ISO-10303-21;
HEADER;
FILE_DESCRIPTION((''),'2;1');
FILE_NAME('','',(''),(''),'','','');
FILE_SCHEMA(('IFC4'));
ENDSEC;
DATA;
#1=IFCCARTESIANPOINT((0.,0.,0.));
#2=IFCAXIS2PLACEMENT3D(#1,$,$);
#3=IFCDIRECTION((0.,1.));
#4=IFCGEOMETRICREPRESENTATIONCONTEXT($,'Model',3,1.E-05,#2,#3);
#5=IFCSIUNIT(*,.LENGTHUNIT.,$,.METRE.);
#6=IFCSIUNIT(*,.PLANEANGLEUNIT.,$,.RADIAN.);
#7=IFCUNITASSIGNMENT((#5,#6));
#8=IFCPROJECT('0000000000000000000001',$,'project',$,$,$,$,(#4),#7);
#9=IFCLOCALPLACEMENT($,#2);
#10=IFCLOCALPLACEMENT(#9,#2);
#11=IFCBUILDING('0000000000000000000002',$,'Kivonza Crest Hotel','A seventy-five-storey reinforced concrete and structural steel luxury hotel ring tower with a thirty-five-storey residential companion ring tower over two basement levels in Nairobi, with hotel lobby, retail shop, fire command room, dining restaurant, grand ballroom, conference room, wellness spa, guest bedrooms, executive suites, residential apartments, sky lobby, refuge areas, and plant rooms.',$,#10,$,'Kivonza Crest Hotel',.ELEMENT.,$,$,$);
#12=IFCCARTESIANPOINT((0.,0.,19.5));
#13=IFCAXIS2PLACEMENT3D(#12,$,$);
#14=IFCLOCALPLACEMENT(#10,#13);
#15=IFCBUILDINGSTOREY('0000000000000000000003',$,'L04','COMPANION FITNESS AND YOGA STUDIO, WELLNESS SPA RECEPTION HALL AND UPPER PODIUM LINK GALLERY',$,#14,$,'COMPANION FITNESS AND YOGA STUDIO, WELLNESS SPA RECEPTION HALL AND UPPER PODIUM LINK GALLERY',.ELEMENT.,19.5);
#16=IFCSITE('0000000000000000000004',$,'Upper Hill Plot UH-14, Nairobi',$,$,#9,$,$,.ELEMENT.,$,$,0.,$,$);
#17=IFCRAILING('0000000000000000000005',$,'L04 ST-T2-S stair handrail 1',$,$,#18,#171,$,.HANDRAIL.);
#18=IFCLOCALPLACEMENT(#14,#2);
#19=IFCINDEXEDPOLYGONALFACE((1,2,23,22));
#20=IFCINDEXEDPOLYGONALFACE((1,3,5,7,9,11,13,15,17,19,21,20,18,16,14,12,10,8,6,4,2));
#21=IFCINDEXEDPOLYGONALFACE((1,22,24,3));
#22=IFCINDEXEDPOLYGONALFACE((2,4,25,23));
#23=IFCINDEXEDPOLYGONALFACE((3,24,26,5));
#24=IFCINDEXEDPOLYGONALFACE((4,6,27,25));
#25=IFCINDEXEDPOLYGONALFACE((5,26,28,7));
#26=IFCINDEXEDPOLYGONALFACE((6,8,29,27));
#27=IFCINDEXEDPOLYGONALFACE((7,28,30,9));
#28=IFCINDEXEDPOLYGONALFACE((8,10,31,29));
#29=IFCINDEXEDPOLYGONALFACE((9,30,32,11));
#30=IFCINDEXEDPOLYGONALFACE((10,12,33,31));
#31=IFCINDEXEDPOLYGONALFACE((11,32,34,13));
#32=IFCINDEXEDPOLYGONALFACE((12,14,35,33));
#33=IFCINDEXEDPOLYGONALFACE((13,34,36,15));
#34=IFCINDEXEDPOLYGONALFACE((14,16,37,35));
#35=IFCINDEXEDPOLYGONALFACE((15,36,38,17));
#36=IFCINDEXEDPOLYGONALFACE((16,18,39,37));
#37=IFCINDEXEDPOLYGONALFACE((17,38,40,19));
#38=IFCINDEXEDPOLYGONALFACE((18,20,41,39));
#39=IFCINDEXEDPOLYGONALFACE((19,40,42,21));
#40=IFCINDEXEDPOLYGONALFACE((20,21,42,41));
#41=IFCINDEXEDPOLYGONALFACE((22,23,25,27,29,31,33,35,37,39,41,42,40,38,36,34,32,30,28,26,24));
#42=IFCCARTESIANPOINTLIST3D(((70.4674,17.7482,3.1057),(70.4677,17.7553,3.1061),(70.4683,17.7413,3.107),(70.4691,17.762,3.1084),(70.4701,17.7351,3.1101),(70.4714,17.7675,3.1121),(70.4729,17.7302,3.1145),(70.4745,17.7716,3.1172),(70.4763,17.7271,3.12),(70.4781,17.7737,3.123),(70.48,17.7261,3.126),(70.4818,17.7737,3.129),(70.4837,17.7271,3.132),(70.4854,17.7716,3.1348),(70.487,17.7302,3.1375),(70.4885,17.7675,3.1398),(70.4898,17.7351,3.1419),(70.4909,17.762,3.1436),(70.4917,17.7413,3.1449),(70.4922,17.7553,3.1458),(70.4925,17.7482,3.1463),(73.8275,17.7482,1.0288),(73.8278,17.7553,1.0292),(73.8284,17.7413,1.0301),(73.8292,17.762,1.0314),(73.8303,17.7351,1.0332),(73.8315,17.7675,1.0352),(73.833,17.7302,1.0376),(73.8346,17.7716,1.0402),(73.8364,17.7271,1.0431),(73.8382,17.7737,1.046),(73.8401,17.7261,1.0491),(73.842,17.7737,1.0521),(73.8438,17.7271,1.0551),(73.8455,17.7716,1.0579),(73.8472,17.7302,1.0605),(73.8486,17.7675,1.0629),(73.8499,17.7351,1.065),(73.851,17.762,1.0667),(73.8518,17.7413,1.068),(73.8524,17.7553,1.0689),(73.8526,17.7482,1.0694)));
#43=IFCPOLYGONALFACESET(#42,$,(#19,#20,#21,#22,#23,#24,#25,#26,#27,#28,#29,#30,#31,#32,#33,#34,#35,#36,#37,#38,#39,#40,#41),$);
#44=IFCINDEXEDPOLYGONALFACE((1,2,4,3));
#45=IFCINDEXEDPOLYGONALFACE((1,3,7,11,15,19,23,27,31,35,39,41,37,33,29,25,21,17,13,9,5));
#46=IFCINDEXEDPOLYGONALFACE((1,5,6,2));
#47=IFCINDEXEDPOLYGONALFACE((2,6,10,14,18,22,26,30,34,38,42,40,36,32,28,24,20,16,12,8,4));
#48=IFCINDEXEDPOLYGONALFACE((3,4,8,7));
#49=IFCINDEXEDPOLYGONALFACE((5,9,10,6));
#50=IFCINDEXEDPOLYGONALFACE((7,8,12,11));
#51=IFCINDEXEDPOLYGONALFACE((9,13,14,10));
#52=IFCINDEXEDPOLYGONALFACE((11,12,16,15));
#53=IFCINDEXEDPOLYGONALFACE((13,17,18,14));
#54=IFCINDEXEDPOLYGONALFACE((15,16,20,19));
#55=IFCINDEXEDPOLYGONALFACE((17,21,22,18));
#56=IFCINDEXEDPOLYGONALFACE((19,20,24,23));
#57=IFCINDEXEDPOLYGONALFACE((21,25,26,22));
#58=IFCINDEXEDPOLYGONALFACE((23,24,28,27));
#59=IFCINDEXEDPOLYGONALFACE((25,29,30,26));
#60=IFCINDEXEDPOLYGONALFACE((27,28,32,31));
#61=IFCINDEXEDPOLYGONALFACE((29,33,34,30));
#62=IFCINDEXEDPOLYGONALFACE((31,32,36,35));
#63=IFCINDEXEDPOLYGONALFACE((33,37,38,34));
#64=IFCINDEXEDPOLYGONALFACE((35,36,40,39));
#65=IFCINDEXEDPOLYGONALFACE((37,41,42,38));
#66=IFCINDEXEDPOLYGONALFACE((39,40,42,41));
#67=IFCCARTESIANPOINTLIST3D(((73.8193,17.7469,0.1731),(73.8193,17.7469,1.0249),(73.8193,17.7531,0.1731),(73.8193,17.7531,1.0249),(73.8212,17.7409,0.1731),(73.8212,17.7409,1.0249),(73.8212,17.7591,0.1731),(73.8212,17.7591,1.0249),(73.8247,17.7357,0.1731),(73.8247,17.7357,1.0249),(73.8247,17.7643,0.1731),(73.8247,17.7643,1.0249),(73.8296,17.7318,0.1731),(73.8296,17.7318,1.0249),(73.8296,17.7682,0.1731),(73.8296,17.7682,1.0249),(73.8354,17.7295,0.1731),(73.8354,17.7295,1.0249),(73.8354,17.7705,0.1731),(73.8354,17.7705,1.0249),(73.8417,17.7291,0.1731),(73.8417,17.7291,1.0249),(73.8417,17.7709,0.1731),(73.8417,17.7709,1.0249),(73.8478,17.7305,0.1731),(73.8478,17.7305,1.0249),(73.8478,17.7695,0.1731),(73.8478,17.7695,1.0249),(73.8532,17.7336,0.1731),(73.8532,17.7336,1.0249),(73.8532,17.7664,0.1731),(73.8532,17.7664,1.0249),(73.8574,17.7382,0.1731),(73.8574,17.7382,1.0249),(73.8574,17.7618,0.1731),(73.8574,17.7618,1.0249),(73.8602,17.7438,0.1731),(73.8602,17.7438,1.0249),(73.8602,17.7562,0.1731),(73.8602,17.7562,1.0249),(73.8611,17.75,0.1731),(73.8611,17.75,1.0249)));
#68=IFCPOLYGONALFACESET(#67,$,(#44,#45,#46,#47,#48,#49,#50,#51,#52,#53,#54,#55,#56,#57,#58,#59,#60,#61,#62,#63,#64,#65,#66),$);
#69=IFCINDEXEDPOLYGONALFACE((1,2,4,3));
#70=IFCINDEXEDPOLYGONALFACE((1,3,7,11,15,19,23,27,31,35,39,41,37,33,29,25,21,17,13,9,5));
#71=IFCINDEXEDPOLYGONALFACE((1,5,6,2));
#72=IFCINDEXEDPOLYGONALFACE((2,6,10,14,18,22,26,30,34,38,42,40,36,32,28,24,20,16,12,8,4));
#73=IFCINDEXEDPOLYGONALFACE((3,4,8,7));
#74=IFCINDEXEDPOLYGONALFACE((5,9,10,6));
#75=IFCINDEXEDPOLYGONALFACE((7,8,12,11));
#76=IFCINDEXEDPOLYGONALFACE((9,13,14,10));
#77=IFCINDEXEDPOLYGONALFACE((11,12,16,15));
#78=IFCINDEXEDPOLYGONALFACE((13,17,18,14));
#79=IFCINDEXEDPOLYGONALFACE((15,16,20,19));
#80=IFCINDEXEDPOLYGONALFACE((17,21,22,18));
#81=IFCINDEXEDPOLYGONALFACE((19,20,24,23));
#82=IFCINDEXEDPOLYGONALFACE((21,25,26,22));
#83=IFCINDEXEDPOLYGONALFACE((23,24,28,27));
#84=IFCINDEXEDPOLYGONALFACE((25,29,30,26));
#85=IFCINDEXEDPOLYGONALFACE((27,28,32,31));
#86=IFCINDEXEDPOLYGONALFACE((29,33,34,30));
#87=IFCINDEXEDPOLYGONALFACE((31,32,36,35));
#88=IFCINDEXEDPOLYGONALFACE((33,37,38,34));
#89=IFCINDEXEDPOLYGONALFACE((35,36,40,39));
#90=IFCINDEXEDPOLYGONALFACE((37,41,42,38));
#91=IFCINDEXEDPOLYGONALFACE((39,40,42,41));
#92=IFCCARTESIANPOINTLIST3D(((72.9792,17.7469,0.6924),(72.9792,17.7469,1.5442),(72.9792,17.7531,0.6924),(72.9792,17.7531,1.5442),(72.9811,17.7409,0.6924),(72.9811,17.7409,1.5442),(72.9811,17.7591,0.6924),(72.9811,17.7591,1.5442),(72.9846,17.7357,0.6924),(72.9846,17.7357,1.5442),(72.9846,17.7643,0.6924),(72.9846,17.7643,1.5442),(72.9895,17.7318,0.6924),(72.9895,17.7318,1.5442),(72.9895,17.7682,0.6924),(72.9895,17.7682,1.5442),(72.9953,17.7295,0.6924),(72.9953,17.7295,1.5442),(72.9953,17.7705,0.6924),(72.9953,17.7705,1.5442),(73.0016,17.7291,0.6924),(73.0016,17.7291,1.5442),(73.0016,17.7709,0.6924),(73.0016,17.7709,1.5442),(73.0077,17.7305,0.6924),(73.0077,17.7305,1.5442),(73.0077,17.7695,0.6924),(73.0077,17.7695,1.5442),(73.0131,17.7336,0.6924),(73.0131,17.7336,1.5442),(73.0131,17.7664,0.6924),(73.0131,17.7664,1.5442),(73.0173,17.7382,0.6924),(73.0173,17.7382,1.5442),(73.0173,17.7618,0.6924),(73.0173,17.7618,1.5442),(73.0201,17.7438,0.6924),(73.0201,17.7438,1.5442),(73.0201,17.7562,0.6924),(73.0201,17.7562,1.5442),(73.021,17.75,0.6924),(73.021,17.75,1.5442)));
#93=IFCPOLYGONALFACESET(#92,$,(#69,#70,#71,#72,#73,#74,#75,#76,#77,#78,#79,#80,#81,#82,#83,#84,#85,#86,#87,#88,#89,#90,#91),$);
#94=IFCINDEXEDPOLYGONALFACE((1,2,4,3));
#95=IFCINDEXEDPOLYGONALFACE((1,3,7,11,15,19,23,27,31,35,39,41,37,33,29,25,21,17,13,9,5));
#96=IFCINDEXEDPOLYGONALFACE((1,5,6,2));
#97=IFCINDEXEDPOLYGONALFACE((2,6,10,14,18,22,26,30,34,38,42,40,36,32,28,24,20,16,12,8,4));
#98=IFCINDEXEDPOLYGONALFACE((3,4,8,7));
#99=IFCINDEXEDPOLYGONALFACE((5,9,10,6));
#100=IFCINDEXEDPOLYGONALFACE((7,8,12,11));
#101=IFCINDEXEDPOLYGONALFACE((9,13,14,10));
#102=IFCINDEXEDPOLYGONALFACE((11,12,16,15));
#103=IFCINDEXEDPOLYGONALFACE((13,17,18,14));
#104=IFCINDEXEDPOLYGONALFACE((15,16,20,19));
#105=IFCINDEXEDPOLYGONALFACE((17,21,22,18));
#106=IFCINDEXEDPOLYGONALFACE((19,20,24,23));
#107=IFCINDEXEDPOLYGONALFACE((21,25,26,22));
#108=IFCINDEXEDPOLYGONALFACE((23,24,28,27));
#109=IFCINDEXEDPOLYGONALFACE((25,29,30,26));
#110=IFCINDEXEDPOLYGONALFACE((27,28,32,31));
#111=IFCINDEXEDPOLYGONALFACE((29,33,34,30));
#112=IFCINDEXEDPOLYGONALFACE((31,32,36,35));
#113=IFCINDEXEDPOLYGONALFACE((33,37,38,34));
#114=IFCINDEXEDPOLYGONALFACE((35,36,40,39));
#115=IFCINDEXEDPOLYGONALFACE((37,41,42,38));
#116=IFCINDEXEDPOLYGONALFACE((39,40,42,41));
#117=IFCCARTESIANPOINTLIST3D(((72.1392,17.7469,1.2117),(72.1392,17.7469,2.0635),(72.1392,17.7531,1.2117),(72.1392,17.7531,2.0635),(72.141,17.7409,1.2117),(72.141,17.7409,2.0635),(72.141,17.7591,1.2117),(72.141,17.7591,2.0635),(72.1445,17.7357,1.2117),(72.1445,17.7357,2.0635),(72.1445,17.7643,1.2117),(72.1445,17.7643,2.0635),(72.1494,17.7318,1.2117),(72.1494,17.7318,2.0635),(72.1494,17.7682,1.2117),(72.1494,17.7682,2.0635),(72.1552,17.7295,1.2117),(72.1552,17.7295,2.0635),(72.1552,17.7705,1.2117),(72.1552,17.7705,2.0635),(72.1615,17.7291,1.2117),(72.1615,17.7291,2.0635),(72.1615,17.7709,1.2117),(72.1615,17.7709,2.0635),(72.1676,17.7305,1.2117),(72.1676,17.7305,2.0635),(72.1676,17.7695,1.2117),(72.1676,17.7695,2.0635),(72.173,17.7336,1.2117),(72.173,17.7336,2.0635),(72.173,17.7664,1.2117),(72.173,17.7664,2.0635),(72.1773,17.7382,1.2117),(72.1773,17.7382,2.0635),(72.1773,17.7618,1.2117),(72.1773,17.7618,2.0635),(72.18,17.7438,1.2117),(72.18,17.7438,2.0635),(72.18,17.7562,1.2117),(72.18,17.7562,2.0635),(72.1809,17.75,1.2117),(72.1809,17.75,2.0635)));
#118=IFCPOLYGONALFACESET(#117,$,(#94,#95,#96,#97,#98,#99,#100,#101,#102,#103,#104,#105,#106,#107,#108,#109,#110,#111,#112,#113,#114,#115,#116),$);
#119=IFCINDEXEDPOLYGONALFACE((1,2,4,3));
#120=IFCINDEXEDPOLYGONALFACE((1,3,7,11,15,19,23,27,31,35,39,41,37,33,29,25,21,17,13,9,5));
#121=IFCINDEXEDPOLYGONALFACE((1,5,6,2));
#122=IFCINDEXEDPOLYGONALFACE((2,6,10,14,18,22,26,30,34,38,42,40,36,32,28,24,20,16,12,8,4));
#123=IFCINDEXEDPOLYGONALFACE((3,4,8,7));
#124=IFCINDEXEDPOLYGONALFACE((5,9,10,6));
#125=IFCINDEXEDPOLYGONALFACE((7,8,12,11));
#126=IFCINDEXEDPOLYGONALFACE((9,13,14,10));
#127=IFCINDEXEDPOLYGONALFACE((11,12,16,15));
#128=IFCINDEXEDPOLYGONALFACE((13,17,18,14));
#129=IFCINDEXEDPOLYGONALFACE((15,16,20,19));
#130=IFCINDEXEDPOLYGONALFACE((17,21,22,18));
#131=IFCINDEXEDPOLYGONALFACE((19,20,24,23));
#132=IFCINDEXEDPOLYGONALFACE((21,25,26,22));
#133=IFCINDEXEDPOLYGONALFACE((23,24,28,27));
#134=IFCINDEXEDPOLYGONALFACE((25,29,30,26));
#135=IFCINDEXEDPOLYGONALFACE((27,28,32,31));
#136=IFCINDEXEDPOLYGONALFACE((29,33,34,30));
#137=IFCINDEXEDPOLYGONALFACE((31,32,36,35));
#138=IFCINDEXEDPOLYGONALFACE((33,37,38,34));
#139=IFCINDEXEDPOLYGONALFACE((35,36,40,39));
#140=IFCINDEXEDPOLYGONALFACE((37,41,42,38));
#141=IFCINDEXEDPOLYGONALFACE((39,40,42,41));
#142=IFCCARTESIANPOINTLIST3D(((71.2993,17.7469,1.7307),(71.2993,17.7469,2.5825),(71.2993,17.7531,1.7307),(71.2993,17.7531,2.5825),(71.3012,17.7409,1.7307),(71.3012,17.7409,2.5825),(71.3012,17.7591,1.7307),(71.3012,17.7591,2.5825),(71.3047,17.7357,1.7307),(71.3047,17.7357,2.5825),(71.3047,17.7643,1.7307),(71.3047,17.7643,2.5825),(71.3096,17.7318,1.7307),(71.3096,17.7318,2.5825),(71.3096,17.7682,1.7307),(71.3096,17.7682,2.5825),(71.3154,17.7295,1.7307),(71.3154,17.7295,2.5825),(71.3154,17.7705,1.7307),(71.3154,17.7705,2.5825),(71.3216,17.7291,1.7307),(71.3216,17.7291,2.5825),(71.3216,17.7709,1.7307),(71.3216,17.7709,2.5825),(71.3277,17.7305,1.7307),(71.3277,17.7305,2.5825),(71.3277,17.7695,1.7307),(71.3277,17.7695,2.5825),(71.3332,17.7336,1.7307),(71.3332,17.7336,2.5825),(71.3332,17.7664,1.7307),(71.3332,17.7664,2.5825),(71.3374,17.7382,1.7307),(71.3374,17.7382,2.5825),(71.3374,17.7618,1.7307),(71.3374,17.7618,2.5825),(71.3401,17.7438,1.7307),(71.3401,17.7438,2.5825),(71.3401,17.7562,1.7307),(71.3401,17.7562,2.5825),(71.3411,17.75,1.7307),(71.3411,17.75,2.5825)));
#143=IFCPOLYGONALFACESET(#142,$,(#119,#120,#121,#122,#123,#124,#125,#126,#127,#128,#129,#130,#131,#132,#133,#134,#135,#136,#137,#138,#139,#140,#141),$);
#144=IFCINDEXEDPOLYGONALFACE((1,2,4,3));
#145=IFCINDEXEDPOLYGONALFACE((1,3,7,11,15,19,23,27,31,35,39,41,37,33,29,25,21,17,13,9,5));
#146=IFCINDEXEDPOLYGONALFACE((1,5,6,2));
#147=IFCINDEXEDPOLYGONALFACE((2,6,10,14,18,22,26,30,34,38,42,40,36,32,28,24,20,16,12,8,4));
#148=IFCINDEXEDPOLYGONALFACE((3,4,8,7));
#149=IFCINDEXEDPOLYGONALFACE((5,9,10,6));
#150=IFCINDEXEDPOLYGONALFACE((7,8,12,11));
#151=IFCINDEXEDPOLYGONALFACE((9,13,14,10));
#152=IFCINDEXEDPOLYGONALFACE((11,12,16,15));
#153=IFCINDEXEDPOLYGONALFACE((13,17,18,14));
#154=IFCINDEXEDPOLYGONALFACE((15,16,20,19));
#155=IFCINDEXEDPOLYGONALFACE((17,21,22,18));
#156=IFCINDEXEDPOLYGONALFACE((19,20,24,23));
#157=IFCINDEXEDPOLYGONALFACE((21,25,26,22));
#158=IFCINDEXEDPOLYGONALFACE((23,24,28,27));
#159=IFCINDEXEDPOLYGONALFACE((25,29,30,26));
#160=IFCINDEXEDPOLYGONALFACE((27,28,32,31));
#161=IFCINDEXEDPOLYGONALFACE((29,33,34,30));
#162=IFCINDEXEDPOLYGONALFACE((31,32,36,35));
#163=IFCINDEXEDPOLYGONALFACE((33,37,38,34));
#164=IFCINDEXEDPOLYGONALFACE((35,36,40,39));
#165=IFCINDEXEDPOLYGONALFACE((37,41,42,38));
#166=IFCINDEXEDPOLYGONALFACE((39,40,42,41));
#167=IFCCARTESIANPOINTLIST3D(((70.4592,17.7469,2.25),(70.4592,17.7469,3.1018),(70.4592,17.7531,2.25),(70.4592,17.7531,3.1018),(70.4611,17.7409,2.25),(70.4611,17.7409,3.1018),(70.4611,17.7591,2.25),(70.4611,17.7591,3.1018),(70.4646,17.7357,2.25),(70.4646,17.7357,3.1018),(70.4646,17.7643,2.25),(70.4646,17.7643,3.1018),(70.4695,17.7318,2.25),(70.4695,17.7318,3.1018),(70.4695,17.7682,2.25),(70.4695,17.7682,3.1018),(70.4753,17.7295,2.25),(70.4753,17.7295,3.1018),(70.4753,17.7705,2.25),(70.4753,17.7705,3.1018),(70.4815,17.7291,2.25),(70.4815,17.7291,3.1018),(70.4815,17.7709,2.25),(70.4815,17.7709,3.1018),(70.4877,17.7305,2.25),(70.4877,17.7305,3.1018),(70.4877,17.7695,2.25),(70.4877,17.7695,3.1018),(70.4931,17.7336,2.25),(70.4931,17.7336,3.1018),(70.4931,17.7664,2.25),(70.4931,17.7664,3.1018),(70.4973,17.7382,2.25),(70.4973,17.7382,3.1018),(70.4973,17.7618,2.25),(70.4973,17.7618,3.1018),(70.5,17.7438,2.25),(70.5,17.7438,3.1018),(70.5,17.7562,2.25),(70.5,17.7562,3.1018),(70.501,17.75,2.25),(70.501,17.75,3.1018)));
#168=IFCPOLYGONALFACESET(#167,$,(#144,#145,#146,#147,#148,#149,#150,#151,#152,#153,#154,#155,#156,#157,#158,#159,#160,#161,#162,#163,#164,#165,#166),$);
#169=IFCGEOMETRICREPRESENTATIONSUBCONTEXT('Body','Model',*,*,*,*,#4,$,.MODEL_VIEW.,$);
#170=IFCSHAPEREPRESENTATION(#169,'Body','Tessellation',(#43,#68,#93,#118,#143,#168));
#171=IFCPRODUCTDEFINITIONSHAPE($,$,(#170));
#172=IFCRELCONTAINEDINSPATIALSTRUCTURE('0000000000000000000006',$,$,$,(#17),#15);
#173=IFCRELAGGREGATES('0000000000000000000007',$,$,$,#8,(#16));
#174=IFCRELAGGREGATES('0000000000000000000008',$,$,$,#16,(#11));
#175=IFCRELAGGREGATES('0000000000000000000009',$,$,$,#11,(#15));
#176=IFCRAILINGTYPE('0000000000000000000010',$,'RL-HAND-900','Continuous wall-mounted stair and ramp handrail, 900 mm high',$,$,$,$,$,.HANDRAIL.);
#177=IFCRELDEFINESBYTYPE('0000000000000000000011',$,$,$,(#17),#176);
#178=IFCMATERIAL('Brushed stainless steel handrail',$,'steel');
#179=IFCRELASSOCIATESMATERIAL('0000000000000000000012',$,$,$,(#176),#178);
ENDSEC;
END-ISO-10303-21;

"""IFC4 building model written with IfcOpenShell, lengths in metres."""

from ifc_helpers import new_model, si_unit, direction, frame, origin, origin_2d, place, context, subcontext, project, spatial, circle, extrude, material, type_object, element, save


model = new_model("IFC4")

# Units and contexts
model_context = context("Model", 3, precision=1e-05, world=origin(), true_north=direction((0.0, 1.0)))
body_context = subcontext(model_context, "Body", "Model", "MODEL_VIEW")
ifc_project = project(units=[si_unit("LENGTHUNIT", "METRE"), si_unit("PLANEANGLEUNIT", "RADIAN")], contexts=[model_context])

# Site, building, storey
site_placement = place(None, origin())
site = spatial("IfcSite", under=ifc_project, at=site_placement, Name="Upper Hill Plot UH-14, Nairobi", CompositionType="ELEMENT", RefElevation=0.0)
building_placement = place(site_placement, origin())
building = spatial("IfcBuilding", under=site, at=building_placement, Name="Kivonza Crest Hotel", Description="A seventy-five-storey reinforced concrete and structural steel luxury hotel ring tower with a thirty-five-storey residential companion ring tower over two basement levels in Nairobi, with hotel lobby, retail shop, fire command room, dining restaurant, grand ballroom, conference room, wellness spa, guest bedrooms, executive suites, residential apartments, sky lobby, refuge areas, and plant rooms.", LongName="Kivonza Crest Hotel", CompositionType="ELEMENT")
storey_placement = place(building_placement, frame((0.0, 0.0, 19.5)))
storey = spatial("IfcBuildingStorey", under=building, at=storey_placement, Name="L04", Description="COMPANION FITNESS AND YOGA STUDIO, WELLNESS SPA RECEPTION HALL AND UPPER PODIUM LINK GALLERY", LongName="COMPANION FITNESS AND YOGA STUDIO, WELLNESS SPA RECEPTION HALL AND UPPER PODIUM LINK GALLERY", CompositionType="ELEMENT", Elevation=19.5)

# Railing
ifc_material_1 = material(Name="Brushed stainless steel handrail", Category="steel")
railing_type_1 = type_object("IfcRailingType", Name="RL-HAND-900", Description="Continuous wall-mounted stair and ramp handrail, 900 mm high", PredefinedType="HANDRAIL", material=ifc_material_1)
railing_1_placement = place(storey_placement, frame((73.8401, 17.75, 0.1731)))
element("IfcRailing", 1, at=railing_1_placement, inside=storey, type_object=railing_type_1, Name="L04 ST-T2-S stair handrail 1", PredefinedType="HANDRAIL", context=body_context, shape_type="SweptSolid", body=[
    extrude(circle(Radius=0.0239, at=origin_2d()), frame((0.0, 0.0, 0.876), z_axis=(-0.850623, 0.0, 0.525776), x_axis=(0.0, -1.0, 0.0)), (0.0, 0.0, 1.0), 3.9502),
    extrude(circle(Radius=0.021, at=origin_2d()), origin(), (0.0, 0.0, 1.0), 0.8518),
    extrude(circle(Radius=0.021, at=origin_2d()), frame((-0.8401, 0.0, 0.5193)), (0.0, 0.0, 1.0), 0.8518),
    extrude(circle(Radius=0.021, at=origin_2d()), frame((-1.6802, 0.0, 1.0386)), (0.0, 0.0, 1.0), 0.8518),
    extrude(circle(Radius=0.021, at=origin_2d()), frame((-2.52, 0.0, 1.5576)), (0.0, 0.0, 1.0), 0.8518),
    extrude(circle(Radius=0.021, at=origin_2d()), frame((-3.3601, 0.0, 2.0769)), (0.0, 0.0, 1.0), 0.8518),
])

save(model, "model.ifc")
